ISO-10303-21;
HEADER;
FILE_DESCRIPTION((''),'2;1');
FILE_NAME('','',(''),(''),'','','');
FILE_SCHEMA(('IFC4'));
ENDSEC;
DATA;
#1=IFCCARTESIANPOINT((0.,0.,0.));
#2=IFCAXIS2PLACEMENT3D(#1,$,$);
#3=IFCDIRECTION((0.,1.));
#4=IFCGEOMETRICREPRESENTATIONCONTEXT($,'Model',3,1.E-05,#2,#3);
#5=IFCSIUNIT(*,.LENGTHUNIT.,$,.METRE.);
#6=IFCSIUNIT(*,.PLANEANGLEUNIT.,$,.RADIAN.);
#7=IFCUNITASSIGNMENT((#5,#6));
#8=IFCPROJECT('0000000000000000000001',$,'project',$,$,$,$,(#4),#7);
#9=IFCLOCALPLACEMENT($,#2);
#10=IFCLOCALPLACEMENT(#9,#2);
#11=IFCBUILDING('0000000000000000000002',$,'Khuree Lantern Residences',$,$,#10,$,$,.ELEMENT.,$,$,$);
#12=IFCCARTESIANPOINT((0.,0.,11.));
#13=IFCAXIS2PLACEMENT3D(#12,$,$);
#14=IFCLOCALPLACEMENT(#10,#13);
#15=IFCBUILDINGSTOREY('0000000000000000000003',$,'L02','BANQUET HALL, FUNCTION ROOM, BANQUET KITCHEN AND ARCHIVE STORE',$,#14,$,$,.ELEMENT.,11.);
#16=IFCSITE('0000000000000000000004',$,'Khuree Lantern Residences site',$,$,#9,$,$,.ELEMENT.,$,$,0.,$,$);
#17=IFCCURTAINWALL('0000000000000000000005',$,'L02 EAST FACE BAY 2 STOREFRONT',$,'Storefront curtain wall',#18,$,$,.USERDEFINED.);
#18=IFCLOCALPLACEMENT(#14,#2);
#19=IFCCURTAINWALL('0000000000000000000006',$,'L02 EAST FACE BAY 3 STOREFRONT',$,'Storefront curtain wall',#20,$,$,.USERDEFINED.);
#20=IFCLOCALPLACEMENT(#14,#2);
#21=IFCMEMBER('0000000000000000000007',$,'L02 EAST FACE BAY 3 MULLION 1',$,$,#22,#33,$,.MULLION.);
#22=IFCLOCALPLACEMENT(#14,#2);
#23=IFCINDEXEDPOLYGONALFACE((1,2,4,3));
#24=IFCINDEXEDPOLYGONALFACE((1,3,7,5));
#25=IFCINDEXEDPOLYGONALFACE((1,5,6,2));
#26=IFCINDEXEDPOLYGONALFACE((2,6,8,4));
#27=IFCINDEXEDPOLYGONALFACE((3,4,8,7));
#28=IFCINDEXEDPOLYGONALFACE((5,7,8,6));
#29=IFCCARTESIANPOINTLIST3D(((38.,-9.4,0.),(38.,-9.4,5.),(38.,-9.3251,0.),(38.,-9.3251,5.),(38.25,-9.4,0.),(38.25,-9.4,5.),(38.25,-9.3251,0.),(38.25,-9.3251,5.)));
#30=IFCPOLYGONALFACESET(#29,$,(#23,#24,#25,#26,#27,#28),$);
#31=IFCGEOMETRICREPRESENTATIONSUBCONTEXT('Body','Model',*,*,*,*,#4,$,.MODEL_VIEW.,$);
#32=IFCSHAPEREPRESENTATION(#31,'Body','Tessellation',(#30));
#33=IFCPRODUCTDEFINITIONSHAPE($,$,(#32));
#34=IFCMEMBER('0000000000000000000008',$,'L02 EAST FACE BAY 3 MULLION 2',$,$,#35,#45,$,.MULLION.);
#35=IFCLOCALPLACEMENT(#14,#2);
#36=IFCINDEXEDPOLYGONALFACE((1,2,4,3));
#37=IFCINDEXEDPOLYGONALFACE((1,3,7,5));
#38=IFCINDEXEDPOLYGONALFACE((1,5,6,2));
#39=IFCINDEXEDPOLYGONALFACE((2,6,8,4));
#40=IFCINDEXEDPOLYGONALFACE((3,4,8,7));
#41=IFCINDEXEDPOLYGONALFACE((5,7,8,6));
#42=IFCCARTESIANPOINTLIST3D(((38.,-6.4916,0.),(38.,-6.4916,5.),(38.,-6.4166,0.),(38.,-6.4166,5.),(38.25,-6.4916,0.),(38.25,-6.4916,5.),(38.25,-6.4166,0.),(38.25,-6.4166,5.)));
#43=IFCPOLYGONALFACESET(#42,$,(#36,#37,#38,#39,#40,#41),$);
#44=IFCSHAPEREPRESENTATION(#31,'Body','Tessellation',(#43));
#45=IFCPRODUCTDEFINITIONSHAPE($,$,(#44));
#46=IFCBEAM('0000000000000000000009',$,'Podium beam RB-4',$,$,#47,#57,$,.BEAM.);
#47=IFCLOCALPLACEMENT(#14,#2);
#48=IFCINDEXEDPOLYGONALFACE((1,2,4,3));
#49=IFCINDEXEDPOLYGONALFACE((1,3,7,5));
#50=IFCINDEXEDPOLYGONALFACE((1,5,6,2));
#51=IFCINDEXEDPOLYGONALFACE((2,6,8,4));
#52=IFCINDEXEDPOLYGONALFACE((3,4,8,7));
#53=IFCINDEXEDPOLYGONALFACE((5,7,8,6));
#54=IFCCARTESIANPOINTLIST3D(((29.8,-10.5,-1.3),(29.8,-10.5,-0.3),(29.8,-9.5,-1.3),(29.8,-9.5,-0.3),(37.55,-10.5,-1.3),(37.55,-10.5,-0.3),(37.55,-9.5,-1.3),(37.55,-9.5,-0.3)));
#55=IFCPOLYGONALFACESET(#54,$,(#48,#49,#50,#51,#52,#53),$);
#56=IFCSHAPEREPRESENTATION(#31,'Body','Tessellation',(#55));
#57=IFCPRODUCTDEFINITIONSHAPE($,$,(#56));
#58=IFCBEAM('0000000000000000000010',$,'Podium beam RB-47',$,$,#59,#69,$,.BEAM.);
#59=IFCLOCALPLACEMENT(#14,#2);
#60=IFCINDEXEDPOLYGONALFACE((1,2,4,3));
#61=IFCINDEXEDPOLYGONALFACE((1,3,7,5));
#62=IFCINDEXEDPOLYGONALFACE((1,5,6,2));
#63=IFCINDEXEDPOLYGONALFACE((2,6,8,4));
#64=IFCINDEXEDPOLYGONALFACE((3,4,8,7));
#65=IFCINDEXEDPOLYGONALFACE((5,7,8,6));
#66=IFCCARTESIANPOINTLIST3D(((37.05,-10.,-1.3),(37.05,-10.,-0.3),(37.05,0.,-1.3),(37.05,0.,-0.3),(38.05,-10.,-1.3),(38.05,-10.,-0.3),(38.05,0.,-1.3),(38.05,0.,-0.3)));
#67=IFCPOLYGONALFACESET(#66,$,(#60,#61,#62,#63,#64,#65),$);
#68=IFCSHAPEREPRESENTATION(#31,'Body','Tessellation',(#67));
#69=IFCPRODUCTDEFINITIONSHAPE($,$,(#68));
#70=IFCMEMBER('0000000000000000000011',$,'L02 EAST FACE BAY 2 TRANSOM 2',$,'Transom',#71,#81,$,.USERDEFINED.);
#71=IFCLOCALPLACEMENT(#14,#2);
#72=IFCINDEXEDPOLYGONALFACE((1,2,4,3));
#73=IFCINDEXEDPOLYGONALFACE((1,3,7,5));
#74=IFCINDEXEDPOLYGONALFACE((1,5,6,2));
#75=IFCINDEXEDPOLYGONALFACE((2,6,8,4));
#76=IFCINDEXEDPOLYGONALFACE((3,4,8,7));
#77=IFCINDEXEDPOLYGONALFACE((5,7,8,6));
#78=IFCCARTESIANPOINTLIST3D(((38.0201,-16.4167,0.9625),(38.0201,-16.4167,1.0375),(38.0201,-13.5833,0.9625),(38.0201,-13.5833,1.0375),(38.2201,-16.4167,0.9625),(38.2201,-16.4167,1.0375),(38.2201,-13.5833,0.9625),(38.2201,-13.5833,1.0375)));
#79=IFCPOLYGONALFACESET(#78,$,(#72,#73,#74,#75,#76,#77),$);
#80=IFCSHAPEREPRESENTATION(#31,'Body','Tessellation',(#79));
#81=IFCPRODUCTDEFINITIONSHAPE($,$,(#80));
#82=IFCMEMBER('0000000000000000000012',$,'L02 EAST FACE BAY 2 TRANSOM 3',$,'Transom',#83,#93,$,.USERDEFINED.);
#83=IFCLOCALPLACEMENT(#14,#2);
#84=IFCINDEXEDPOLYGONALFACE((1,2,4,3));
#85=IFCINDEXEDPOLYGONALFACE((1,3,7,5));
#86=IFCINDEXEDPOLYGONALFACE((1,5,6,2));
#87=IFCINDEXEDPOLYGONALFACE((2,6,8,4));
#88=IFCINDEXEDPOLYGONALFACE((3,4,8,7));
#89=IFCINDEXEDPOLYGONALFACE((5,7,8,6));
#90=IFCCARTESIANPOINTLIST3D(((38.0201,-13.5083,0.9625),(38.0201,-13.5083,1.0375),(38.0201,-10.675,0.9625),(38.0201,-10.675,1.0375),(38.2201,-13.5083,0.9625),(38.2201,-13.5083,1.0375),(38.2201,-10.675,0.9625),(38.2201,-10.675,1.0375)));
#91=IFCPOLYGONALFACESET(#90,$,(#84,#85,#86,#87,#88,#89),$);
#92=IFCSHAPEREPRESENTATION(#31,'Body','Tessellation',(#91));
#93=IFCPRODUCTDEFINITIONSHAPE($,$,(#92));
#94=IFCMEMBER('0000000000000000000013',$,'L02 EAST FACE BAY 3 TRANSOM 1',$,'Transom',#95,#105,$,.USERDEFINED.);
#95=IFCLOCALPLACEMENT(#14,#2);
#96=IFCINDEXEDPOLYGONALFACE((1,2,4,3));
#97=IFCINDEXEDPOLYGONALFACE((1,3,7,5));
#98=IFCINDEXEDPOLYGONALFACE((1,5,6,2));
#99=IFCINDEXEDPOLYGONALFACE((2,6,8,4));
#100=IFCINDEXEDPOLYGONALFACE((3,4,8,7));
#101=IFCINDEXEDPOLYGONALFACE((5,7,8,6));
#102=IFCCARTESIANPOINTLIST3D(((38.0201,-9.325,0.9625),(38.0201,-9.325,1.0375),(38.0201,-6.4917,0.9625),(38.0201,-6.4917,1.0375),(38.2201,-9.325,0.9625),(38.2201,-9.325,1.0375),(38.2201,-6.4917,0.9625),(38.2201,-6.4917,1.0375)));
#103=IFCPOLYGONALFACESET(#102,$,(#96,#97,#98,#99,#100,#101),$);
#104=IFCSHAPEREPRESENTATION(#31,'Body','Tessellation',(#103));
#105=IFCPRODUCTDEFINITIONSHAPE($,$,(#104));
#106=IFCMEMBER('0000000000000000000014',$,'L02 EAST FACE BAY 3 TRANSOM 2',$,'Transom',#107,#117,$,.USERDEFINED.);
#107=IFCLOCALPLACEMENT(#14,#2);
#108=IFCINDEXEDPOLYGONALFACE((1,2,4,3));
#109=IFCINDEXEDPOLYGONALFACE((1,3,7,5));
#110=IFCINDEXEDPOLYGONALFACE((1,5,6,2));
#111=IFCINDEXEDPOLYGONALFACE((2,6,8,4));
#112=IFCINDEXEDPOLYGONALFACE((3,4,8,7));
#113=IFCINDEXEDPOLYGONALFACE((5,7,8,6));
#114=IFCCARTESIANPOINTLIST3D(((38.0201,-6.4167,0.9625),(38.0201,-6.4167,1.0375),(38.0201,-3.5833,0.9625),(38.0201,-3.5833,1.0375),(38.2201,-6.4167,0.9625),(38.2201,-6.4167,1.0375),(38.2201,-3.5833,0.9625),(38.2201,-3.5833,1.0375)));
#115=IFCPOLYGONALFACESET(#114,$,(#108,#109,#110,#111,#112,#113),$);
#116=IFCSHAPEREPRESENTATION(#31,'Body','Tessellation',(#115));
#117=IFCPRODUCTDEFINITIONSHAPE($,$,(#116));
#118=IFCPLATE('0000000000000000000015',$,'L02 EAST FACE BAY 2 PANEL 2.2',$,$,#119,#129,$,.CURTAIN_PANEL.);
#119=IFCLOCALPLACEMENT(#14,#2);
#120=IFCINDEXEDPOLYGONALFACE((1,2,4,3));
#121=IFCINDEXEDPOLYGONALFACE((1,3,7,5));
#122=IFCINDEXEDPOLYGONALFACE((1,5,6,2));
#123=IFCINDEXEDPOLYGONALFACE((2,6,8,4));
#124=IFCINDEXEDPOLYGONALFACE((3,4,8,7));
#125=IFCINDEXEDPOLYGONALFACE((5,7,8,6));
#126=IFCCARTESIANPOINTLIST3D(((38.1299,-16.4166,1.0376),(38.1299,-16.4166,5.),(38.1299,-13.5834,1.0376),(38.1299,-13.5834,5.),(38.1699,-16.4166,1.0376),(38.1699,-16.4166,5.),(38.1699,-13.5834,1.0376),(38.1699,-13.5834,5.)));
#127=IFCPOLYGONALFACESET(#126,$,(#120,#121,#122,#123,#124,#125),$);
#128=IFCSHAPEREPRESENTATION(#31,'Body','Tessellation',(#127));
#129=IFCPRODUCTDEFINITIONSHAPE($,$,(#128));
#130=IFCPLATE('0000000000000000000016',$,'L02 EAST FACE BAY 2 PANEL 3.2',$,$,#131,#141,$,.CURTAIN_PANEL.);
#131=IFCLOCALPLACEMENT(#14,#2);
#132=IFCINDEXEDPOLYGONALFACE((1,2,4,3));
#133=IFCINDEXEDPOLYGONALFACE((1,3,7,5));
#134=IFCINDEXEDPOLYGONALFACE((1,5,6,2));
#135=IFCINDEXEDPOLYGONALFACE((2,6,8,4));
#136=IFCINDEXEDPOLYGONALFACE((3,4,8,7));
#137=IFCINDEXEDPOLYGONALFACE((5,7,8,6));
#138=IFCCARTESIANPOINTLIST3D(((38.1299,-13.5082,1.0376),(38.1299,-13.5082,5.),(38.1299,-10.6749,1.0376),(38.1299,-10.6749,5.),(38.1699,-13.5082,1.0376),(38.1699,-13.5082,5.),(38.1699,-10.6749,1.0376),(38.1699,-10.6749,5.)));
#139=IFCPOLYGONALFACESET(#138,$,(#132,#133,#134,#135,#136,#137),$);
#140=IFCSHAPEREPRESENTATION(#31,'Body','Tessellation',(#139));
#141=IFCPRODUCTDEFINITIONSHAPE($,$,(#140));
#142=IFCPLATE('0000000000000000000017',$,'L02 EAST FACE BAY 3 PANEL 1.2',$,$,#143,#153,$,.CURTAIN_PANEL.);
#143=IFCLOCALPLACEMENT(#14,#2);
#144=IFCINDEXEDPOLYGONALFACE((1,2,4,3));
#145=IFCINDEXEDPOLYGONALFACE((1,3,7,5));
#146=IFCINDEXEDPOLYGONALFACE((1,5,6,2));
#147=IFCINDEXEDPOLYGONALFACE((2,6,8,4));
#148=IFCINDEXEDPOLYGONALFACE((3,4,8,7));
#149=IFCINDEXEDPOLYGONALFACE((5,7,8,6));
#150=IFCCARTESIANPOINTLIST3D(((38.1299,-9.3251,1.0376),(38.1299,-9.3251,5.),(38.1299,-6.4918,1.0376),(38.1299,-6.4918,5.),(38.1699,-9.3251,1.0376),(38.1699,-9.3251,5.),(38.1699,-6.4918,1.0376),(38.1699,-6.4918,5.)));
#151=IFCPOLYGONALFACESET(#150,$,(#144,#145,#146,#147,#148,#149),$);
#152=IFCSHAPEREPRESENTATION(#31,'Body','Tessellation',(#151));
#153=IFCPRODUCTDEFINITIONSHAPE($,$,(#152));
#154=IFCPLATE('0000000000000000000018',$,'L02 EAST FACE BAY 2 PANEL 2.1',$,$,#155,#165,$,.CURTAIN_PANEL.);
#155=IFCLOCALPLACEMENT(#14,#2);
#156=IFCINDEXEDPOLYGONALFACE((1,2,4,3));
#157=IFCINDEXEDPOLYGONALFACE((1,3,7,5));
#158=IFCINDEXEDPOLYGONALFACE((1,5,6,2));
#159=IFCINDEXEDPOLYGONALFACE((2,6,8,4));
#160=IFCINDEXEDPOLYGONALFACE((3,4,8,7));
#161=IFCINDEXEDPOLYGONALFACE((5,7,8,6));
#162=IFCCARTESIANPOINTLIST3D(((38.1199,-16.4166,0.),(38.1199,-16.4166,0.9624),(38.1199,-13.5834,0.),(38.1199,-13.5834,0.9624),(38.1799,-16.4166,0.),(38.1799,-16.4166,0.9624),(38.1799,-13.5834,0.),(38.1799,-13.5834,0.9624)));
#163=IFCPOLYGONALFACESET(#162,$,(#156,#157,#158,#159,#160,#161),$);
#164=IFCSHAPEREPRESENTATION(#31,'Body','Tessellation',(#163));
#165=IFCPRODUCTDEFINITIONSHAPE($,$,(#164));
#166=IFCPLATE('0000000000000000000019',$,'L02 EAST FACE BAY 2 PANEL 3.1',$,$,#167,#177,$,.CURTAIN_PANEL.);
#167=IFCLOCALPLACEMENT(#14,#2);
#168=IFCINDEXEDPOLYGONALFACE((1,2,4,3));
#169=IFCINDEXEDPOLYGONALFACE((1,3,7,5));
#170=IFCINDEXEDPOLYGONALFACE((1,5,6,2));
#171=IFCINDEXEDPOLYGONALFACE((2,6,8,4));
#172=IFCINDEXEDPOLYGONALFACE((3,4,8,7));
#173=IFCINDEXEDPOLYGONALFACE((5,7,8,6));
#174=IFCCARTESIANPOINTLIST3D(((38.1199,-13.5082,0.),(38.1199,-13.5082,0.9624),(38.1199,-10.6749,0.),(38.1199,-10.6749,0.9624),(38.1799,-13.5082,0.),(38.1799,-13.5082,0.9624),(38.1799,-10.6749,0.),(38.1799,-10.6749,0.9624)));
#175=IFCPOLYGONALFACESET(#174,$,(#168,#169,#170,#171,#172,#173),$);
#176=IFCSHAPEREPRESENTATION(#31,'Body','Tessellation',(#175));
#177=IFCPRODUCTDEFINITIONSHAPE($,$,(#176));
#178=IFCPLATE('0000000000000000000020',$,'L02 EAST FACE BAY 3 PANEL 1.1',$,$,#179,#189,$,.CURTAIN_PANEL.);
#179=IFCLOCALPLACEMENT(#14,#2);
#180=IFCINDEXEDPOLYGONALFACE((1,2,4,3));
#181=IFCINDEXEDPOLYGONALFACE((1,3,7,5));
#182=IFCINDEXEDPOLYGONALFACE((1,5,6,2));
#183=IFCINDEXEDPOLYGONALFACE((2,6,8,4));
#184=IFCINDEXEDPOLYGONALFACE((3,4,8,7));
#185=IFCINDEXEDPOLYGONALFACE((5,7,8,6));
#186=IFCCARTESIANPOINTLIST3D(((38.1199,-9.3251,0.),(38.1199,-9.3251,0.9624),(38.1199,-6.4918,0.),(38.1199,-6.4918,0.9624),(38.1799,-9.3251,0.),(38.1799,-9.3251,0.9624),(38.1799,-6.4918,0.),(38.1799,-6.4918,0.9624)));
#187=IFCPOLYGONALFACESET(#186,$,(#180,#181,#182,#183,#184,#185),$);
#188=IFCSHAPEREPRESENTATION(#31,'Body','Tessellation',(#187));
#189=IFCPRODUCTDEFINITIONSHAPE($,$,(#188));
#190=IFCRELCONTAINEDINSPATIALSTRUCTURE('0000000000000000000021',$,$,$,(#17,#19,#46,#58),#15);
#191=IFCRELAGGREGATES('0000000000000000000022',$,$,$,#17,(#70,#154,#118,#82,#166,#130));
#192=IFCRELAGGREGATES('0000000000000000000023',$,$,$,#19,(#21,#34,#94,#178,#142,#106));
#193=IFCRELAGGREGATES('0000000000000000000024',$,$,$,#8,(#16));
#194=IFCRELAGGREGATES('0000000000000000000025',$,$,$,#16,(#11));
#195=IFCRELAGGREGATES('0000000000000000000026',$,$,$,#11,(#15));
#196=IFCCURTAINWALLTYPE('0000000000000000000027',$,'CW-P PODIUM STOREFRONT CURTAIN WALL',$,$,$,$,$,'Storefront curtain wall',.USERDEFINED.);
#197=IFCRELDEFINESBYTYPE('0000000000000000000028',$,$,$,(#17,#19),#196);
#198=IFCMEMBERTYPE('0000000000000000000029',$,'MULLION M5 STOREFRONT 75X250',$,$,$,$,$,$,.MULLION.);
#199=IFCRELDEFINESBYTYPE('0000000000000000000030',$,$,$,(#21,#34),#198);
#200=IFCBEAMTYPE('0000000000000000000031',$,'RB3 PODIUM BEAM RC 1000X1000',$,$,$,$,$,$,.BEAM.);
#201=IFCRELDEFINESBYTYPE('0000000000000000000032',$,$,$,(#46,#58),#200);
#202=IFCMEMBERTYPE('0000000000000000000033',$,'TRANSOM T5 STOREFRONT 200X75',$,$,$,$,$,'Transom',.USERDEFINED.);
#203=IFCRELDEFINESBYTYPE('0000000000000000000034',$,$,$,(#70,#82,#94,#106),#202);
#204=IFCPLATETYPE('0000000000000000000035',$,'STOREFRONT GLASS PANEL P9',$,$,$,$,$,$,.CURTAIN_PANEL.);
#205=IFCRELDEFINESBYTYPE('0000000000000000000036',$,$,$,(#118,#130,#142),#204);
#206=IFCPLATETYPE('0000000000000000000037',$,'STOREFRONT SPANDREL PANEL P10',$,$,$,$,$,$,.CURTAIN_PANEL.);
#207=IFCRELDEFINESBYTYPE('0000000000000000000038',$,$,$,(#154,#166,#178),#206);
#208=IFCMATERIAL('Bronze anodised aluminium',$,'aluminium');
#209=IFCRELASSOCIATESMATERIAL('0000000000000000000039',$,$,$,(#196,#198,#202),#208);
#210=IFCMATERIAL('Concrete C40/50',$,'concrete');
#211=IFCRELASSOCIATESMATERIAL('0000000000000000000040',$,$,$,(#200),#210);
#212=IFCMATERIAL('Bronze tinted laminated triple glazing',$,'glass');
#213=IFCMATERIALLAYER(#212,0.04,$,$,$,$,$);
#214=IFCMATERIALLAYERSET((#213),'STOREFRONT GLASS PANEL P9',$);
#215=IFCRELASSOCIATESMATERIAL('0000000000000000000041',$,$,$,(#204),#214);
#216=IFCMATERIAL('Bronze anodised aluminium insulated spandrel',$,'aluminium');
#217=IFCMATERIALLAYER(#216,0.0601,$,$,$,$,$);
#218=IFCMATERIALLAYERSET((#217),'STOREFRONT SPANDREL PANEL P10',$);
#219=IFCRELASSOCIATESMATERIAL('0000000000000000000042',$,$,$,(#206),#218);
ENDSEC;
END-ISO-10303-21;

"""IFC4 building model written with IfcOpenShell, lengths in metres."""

from ifc_helpers import new_model, si_unit, direction, frame, origin, origin_2d, place, context, subcontext, project, spatial, rectangle, extrude, material, layer, layer_set, material_profile, profile_set, type_object, element, aggregate, save


model = new_model("IFC4")

# Units and contexts
model_context = context("Model", 3, precision=1e-05, world=origin(), true_north=direction((0.0, 1.0)))
body_context = subcontext(model_context, "Body", "Model", "MODEL_VIEW")
ifc_project = project(units=[si_unit("LENGTHUNIT", "METRE"), si_unit("PLANEANGLEUNIT", "RADIAN")], contexts=[model_context])

# Site, building, storey
site_placement = place(None, origin())
site = spatial("IfcSite", under=ifc_project, at=site_placement, Name="Khuree Lantern Residences site", CompositionType="ELEMENT", RefElevation=0.0)
building_placement = place(site_placement, origin())
building = spatial("IfcBuilding", under=site, at=building_placement, Name="Khuree Lantern Residences", CompositionType="ELEMENT")
storey_placement = place(building_placement, frame((0.0, 0.0, 11.0)))
storey = spatial("IfcBuildingStorey", under=building, at=storey_placement, Name="L02", Description="BANQUET HALL, FUNCTION ROOM, BANQUET KITCHEN AND ARCHIVE STORE", CompositionType="ELEMENT", Elevation=11.0)

# Curtain walls, members
ifc_material_1 = material(Name="Bronze anodised aluminium", Category="aluminium")
curtain_wall_type = type_object("IfcCurtainWallType", Name="CW-P PODIUM STOREFRONT CURTAIN WALL", ElementType="Storefront curtain wall", PredefinedType="USERDEFINED", material=ifc_material_1)
curtain_wall_1_placement = place(storey_placement, origin())
curtain_wall_1 = element("IfcCurtainWall", 1, at=curtain_wall_1_placement, inside=storey, type_object=curtain_wall_type, Name="L02 EAST FACE BAY 2 STOREFRONT", ObjectType="Storefront curtain wall", PredefinedType="USERDEFINED")
ifc_material_profile_1 = material_profile(ifc_material_1, rectangle(XDim=0.075, YDim=0.25, at=origin_2d()), Name="M5 75X250")
ifc_profile_set_1 = profile_set([ifc_material_profile_1], Name="Bronze anodised aluminium")
member_type_1 = type_object("IfcMemberType", Name="MULLION M5 STOREFRONT 75X250", PredefinedType="MULLION", material=ifc_profile_set_1)
curtain_wall_2_placement = place(storey_placement, origin())
curtain_wall_2 = element("IfcCurtainWall", 2, at=curtain_wall_2_placement, inside=storey, type_object=curtain_wall_type, Name="L02 EAST FACE BAY 3 STOREFRONT", ObjectType="Storefront curtain wall", PredefinedType="USERDEFINED")
member_1_placement = place(storey_placement, frame((38.125, -9.3625, 0.0), z_axis=(0.0, 0.0, 1.0), x_axis=(0.0, 1.0, 0.0)))
member_1 = element("IfcMember", 3, at=member_1_placement, type_object=member_type_1, Name="L02 EAST FACE BAY 3 MULLION 1", PredefinedType="MULLION", context=body_context, shape_type="SweptSolid", body=[
    extrude(rectangle(XDim=0.075, YDim=0.25, at=origin_2d()), origin(), (0.0, 0.0, 1.0), 5.0),
])
member_2_placement = place(storey_placement, frame((38.125, -6.4541, 0.0), z_axis=(0.0, 0.0, 1.0), x_axis=(0.0, 1.0, 0.0)))
member_2 = element("IfcMember", 4, at=member_2_placement, type_object=member_type_1, Name="L02 EAST FACE BAY 3 MULLION 2", PredefinedType="MULLION", context=body_context, shape_type="SweptSolid", body=[
    extrude(rectangle(XDim=0.075, YDim=0.25, at=origin_2d()), origin(), (0.0, 0.0, 1.0), 5.0),
])

# Beams
ifc_material_2 = material(Name="Concrete C40/50", Category="concrete")
ifc_material_profile_2 = material_profile(ifc_material_2, rectangle(XDim=1.0, YDim=1.0, at=origin_2d()), Name="RC 1000X1000")
ifc_profile_set_2 = profile_set([ifc_material_profile_2], Name="Concrete C40/50")
beam_type_1 = type_object("IfcBeamType", Name="RB3 PODIUM BEAM RC 1000X1000", PredefinedType="BEAM", material=ifc_profile_set_2)
beam_1_placement = place(storey_placement, frame((29.8, -10.0, -0.8), z_axis=(1.0, 0.0, 0.0), x_axis=(0.0, 1.0, 0.0)))
element("IfcBeam", 5, at=beam_1_placement, inside=storey, type_object=beam_type_1, Name="Podium beam RB-4", PredefinedType="BEAM", context=body_context, shape_type="SweptSolid", body=[
    extrude(rectangle(XDim=1.0, YDim=1.0, at=origin_2d()), origin(), (0.0, 0.0, 1.0), 7.75),
])
beam_2_placement = place(storey_placement, frame((37.55, -10.0, -0.8), z_axis=(0.0, 1.0, 0.0), x_axis=(-1.0, 0.0, 0.0)))
element("IfcBeam", 6, at=beam_2_placement, inside=storey, type_object=beam_type_1, Name="Podium beam RB-47", PredefinedType="BEAM", context=body_context, shape_type="SweptSolid", body=[
    extrude(rectangle(XDim=1.0, YDim=1.0, at=origin_2d()), origin(), (0.0, 0.0, 1.0), 10.0),
])

# Members
ifc_material_profile_3 = material_profile(ifc_material_1, rectangle(XDim=0.2, YDim=0.075, at=origin_2d()), Name="T5 200X75")
ifc_profile_set_3 = profile_set([ifc_material_profile_3], Name="Bronze anodised aluminium")
member_type_2 = type_object("IfcMemberType", Name="TRANSOM T5 STOREFRONT 200X75", ElementType="Transom", PredefinedType="USERDEFINED", material=ifc_profile_set_3)
member_3_placement = place(storey_placement, frame((38.1201, -16.4167, 1.0), z_axis=(0.0, 1.0, 0.0), x_axis=(-1.0, 0.0, 0.0)))
member_3 = element("IfcMember", 7, at=member_3_placement, type_object=member_type_2, Name="L02 EAST FACE BAY 2 TRANSOM 2", ObjectType="Transom", PredefinedType="USERDEFINED", context=body_context, shape_type="SweptSolid", body=[
    extrude(rectangle(XDim=0.2, YDim=0.075, at=origin_2d()), origin(), (0.0, 0.0, 1.0), 2.8335),
])
member_4_placement = place(storey_placement, frame((38.1201, -13.5083, 1.0), z_axis=(0.0, 1.0, 0.0), x_axis=(-1.0, 0.0, 0.0)))
member_4 = element("IfcMember", 8, at=member_4_placement, type_object=member_type_2, Name="L02 EAST FACE BAY 2 TRANSOM 3", ObjectType="Transom", PredefinedType="USERDEFINED", context=body_context, shape_type="SweptSolid", body=[
    extrude(rectangle(XDim=0.2, YDim=0.075, at=origin_2d()), origin(), (0.0, 0.0, 1.0), 2.8333),
])
member_5_placement = place(storey_placement, frame((38.1201, -9.325, 1.0), z_axis=(0.0, 1.0, 0.0), x_axis=(-1.0, 0.0, 0.0)))
member_5 = element("IfcMember", 9, at=member_5_placement, type_object=member_type_2, Name="L02 EAST FACE BAY 3 TRANSOM 1", ObjectType="Transom", PredefinedType="USERDEFINED", context=body_context, shape_type="SweptSolid", body=[
    extrude(rectangle(XDim=0.2, YDim=0.075, at=origin_2d()), origin(), (0.0, 0.0, 1.0), 2.8333),
])
member_6_placement = place(storey_placement, frame((38.1201, -6.4167, 1.0), z_axis=(0.0, 1.0, 0.0), x_axis=(-1.0, 0.0, 0.0)))
member_6 = element("IfcMember", 10, at=member_6_placement, type_object=member_type_2, Name="L02 EAST FACE BAY 3 TRANSOM 2", ObjectType="Transom", PredefinedType="USERDEFINED", context=body_context, shape_type="SweptSolid", body=[
    extrude(rectangle(XDim=0.2, YDim=0.075, at=origin_2d()), origin(), (0.0, 0.0, 1.0), 2.8335),
])

# Plates
ifc_material_3 = material(Name="Bronze tinted laminated triple glazing", Category="glass")
ifc_layer_1 = layer(ifc_material_3, 0.04)
ifc_layer_set_1 = layer_set([ifc_layer_1], Name="STOREFRONT GLASS PANEL P9")
plate_type_1 = type_object("IfcPlateType", Name="STOREFRONT GLASS PANEL P9", PredefinedType="CURTAIN_PANEL", material=ifc_layer_set_1)
plate_1_placement = place(storey_placement, frame((38.1499, -15.0, 1.0376), z_axis=(0.0, 0.0, 1.0), x_axis=(0.0, 1.0, 0.0)))
plate_1 = element("IfcPlate", 11, at=plate_1_placement, type_object=plate_type_1, Name="L02 EAST FACE BAY 2 PANEL 2.2", PredefinedType="CURTAIN_PANEL", context=body_context, shape_type="SweptSolid", body=[
    extrude(rectangle(XDim=2.8333, YDim=0.04, at=origin_2d()), origin(), (0.0, 0.0, 1.0), 3.9624),
])
plate_2_placement = place(storey_placement, frame((38.1499, -12.0916, 1.0376), z_axis=(0.0, 0.0, 1.0), x_axis=(0.0, 1.0, 0.0)))
plate_2 = element("IfcPlate", 12, at=plate_2_placement, type_object=plate_type_1, Name="L02 EAST FACE BAY 2 PANEL 3.2", PredefinedType="CURTAIN_PANEL", context=body_context, shape_type="SweptSolid", body=[
    extrude(rectangle(XDim=2.8333, YDim=0.04, at=origin_2d()), origin(), (0.0, 0.0, 1.0), 3.9624),
])
plate_3_placement = place(storey_placement, frame((38.1499, -7.9084, 1.0376), z_axis=(0.0, 0.0, 1.0), x_axis=(0.0, 1.0, 0.0)))
plate_3 = element("IfcPlate", 13, at=plate_3_placement, type_object=plate_type_1, Name="L02 EAST FACE BAY 3 PANEL 1.2", PredefinedType="CURTAIN_PANEL", context=body_context, shape_type="SweptSolid", body=[
    extrude(rectangle(XDim=2.8333, YDim=0.04, at=origin_2d()), origin(), (0.0, 0.0, 1.0), 3.9624),
])
ifc_material_4 = material(Name="Bronze anodised aluminium insulated spandrel", Category="aluminium")
ifc_layer_2 = layer(ifc_material_4, 0.0601)
ifc_layer_set_2 = layer_set([ifc_layer_2], Name="STOREFRONT SPANDREL PANEL P10")
plate_type_2 = type_object("IfcPlateType", Name="STOREFRONT SPANDREL PANEL P10", PredefinedType="CURTAIN_PANEL", material=ifc_layer_set_2)
plate_4_placement = place(storey_placement, frame((38.1499, -15.0, 0.0), z_axis=(0.0, 0.0, 1.0), x_axis=(0.0, 1.0, 0.0)))
plate_4 = element("IfcPlate", 14, at=plate_4_placement, type_object=plate_type_2, Name="L02 EAST FACE BAY 2 PANEL 2.1", PredefinedType="CURTAIN_PANEL", context=body_context, shape_type="SweptSolid", body=[
    extrude(rectangle(XDim=2.8333, YDim=0.0601, at=origin_2d()), origin(), (0.0, 0.0, 1.0), 0.9624),
])
plate_5_placement = place(storey_placement, frame((38.1499, -12.0916, 0.0), z_axis=(0.0, 0.0, 1.0), x_axis=(0.0, 1.0, 0.0)))
plate_5 = element("IfcPlate", 15, at=plate_5_placement, type_object=plate_type_2, Name="L02 EAST FACE BAY 2 PANEL 3.1", PredefinedType="CURTAIN_PANEL", context=body_context, shape_type="SweptSolid", body=[
    extrude(rectangle(XDim=2.8333, YDim=0.0601, at=origin_2d()), origin(), (0.0, 0.0, 1.0), 0.9624),
])
aggregate(curtain_wall_1, [member_3, plate_4, plate_1, member_4, plate_5, plate_2])
plate_6_placement = place(storey_placement, frame((38.1499, -7.9084, 0.0), z_axis=(0.0, 0.0, 1.0), x_axis=(0.0, 1.0, 0.0)))
plate_6 = element("IfcPlate", 16, at=plate_6_placement, type_object=plate_type_2, Name="L02 EAST FACE BAY 3 PANEL 1.1", PredefinedType="CURTAIN_PANEL", context=body_context, shape_type="SweptSolid", body=[
    extrude(rectangle(XDim=2.8333, YDim=0.0601, at=origin_2d()), origin(), (0.0, 0.0, 1.0), 0.9624),
])
aggregate(curtain_wall_2, [member_1, member_2, member_5, plate_6, plate_3, member_6])

save(model, "model.ifc")
